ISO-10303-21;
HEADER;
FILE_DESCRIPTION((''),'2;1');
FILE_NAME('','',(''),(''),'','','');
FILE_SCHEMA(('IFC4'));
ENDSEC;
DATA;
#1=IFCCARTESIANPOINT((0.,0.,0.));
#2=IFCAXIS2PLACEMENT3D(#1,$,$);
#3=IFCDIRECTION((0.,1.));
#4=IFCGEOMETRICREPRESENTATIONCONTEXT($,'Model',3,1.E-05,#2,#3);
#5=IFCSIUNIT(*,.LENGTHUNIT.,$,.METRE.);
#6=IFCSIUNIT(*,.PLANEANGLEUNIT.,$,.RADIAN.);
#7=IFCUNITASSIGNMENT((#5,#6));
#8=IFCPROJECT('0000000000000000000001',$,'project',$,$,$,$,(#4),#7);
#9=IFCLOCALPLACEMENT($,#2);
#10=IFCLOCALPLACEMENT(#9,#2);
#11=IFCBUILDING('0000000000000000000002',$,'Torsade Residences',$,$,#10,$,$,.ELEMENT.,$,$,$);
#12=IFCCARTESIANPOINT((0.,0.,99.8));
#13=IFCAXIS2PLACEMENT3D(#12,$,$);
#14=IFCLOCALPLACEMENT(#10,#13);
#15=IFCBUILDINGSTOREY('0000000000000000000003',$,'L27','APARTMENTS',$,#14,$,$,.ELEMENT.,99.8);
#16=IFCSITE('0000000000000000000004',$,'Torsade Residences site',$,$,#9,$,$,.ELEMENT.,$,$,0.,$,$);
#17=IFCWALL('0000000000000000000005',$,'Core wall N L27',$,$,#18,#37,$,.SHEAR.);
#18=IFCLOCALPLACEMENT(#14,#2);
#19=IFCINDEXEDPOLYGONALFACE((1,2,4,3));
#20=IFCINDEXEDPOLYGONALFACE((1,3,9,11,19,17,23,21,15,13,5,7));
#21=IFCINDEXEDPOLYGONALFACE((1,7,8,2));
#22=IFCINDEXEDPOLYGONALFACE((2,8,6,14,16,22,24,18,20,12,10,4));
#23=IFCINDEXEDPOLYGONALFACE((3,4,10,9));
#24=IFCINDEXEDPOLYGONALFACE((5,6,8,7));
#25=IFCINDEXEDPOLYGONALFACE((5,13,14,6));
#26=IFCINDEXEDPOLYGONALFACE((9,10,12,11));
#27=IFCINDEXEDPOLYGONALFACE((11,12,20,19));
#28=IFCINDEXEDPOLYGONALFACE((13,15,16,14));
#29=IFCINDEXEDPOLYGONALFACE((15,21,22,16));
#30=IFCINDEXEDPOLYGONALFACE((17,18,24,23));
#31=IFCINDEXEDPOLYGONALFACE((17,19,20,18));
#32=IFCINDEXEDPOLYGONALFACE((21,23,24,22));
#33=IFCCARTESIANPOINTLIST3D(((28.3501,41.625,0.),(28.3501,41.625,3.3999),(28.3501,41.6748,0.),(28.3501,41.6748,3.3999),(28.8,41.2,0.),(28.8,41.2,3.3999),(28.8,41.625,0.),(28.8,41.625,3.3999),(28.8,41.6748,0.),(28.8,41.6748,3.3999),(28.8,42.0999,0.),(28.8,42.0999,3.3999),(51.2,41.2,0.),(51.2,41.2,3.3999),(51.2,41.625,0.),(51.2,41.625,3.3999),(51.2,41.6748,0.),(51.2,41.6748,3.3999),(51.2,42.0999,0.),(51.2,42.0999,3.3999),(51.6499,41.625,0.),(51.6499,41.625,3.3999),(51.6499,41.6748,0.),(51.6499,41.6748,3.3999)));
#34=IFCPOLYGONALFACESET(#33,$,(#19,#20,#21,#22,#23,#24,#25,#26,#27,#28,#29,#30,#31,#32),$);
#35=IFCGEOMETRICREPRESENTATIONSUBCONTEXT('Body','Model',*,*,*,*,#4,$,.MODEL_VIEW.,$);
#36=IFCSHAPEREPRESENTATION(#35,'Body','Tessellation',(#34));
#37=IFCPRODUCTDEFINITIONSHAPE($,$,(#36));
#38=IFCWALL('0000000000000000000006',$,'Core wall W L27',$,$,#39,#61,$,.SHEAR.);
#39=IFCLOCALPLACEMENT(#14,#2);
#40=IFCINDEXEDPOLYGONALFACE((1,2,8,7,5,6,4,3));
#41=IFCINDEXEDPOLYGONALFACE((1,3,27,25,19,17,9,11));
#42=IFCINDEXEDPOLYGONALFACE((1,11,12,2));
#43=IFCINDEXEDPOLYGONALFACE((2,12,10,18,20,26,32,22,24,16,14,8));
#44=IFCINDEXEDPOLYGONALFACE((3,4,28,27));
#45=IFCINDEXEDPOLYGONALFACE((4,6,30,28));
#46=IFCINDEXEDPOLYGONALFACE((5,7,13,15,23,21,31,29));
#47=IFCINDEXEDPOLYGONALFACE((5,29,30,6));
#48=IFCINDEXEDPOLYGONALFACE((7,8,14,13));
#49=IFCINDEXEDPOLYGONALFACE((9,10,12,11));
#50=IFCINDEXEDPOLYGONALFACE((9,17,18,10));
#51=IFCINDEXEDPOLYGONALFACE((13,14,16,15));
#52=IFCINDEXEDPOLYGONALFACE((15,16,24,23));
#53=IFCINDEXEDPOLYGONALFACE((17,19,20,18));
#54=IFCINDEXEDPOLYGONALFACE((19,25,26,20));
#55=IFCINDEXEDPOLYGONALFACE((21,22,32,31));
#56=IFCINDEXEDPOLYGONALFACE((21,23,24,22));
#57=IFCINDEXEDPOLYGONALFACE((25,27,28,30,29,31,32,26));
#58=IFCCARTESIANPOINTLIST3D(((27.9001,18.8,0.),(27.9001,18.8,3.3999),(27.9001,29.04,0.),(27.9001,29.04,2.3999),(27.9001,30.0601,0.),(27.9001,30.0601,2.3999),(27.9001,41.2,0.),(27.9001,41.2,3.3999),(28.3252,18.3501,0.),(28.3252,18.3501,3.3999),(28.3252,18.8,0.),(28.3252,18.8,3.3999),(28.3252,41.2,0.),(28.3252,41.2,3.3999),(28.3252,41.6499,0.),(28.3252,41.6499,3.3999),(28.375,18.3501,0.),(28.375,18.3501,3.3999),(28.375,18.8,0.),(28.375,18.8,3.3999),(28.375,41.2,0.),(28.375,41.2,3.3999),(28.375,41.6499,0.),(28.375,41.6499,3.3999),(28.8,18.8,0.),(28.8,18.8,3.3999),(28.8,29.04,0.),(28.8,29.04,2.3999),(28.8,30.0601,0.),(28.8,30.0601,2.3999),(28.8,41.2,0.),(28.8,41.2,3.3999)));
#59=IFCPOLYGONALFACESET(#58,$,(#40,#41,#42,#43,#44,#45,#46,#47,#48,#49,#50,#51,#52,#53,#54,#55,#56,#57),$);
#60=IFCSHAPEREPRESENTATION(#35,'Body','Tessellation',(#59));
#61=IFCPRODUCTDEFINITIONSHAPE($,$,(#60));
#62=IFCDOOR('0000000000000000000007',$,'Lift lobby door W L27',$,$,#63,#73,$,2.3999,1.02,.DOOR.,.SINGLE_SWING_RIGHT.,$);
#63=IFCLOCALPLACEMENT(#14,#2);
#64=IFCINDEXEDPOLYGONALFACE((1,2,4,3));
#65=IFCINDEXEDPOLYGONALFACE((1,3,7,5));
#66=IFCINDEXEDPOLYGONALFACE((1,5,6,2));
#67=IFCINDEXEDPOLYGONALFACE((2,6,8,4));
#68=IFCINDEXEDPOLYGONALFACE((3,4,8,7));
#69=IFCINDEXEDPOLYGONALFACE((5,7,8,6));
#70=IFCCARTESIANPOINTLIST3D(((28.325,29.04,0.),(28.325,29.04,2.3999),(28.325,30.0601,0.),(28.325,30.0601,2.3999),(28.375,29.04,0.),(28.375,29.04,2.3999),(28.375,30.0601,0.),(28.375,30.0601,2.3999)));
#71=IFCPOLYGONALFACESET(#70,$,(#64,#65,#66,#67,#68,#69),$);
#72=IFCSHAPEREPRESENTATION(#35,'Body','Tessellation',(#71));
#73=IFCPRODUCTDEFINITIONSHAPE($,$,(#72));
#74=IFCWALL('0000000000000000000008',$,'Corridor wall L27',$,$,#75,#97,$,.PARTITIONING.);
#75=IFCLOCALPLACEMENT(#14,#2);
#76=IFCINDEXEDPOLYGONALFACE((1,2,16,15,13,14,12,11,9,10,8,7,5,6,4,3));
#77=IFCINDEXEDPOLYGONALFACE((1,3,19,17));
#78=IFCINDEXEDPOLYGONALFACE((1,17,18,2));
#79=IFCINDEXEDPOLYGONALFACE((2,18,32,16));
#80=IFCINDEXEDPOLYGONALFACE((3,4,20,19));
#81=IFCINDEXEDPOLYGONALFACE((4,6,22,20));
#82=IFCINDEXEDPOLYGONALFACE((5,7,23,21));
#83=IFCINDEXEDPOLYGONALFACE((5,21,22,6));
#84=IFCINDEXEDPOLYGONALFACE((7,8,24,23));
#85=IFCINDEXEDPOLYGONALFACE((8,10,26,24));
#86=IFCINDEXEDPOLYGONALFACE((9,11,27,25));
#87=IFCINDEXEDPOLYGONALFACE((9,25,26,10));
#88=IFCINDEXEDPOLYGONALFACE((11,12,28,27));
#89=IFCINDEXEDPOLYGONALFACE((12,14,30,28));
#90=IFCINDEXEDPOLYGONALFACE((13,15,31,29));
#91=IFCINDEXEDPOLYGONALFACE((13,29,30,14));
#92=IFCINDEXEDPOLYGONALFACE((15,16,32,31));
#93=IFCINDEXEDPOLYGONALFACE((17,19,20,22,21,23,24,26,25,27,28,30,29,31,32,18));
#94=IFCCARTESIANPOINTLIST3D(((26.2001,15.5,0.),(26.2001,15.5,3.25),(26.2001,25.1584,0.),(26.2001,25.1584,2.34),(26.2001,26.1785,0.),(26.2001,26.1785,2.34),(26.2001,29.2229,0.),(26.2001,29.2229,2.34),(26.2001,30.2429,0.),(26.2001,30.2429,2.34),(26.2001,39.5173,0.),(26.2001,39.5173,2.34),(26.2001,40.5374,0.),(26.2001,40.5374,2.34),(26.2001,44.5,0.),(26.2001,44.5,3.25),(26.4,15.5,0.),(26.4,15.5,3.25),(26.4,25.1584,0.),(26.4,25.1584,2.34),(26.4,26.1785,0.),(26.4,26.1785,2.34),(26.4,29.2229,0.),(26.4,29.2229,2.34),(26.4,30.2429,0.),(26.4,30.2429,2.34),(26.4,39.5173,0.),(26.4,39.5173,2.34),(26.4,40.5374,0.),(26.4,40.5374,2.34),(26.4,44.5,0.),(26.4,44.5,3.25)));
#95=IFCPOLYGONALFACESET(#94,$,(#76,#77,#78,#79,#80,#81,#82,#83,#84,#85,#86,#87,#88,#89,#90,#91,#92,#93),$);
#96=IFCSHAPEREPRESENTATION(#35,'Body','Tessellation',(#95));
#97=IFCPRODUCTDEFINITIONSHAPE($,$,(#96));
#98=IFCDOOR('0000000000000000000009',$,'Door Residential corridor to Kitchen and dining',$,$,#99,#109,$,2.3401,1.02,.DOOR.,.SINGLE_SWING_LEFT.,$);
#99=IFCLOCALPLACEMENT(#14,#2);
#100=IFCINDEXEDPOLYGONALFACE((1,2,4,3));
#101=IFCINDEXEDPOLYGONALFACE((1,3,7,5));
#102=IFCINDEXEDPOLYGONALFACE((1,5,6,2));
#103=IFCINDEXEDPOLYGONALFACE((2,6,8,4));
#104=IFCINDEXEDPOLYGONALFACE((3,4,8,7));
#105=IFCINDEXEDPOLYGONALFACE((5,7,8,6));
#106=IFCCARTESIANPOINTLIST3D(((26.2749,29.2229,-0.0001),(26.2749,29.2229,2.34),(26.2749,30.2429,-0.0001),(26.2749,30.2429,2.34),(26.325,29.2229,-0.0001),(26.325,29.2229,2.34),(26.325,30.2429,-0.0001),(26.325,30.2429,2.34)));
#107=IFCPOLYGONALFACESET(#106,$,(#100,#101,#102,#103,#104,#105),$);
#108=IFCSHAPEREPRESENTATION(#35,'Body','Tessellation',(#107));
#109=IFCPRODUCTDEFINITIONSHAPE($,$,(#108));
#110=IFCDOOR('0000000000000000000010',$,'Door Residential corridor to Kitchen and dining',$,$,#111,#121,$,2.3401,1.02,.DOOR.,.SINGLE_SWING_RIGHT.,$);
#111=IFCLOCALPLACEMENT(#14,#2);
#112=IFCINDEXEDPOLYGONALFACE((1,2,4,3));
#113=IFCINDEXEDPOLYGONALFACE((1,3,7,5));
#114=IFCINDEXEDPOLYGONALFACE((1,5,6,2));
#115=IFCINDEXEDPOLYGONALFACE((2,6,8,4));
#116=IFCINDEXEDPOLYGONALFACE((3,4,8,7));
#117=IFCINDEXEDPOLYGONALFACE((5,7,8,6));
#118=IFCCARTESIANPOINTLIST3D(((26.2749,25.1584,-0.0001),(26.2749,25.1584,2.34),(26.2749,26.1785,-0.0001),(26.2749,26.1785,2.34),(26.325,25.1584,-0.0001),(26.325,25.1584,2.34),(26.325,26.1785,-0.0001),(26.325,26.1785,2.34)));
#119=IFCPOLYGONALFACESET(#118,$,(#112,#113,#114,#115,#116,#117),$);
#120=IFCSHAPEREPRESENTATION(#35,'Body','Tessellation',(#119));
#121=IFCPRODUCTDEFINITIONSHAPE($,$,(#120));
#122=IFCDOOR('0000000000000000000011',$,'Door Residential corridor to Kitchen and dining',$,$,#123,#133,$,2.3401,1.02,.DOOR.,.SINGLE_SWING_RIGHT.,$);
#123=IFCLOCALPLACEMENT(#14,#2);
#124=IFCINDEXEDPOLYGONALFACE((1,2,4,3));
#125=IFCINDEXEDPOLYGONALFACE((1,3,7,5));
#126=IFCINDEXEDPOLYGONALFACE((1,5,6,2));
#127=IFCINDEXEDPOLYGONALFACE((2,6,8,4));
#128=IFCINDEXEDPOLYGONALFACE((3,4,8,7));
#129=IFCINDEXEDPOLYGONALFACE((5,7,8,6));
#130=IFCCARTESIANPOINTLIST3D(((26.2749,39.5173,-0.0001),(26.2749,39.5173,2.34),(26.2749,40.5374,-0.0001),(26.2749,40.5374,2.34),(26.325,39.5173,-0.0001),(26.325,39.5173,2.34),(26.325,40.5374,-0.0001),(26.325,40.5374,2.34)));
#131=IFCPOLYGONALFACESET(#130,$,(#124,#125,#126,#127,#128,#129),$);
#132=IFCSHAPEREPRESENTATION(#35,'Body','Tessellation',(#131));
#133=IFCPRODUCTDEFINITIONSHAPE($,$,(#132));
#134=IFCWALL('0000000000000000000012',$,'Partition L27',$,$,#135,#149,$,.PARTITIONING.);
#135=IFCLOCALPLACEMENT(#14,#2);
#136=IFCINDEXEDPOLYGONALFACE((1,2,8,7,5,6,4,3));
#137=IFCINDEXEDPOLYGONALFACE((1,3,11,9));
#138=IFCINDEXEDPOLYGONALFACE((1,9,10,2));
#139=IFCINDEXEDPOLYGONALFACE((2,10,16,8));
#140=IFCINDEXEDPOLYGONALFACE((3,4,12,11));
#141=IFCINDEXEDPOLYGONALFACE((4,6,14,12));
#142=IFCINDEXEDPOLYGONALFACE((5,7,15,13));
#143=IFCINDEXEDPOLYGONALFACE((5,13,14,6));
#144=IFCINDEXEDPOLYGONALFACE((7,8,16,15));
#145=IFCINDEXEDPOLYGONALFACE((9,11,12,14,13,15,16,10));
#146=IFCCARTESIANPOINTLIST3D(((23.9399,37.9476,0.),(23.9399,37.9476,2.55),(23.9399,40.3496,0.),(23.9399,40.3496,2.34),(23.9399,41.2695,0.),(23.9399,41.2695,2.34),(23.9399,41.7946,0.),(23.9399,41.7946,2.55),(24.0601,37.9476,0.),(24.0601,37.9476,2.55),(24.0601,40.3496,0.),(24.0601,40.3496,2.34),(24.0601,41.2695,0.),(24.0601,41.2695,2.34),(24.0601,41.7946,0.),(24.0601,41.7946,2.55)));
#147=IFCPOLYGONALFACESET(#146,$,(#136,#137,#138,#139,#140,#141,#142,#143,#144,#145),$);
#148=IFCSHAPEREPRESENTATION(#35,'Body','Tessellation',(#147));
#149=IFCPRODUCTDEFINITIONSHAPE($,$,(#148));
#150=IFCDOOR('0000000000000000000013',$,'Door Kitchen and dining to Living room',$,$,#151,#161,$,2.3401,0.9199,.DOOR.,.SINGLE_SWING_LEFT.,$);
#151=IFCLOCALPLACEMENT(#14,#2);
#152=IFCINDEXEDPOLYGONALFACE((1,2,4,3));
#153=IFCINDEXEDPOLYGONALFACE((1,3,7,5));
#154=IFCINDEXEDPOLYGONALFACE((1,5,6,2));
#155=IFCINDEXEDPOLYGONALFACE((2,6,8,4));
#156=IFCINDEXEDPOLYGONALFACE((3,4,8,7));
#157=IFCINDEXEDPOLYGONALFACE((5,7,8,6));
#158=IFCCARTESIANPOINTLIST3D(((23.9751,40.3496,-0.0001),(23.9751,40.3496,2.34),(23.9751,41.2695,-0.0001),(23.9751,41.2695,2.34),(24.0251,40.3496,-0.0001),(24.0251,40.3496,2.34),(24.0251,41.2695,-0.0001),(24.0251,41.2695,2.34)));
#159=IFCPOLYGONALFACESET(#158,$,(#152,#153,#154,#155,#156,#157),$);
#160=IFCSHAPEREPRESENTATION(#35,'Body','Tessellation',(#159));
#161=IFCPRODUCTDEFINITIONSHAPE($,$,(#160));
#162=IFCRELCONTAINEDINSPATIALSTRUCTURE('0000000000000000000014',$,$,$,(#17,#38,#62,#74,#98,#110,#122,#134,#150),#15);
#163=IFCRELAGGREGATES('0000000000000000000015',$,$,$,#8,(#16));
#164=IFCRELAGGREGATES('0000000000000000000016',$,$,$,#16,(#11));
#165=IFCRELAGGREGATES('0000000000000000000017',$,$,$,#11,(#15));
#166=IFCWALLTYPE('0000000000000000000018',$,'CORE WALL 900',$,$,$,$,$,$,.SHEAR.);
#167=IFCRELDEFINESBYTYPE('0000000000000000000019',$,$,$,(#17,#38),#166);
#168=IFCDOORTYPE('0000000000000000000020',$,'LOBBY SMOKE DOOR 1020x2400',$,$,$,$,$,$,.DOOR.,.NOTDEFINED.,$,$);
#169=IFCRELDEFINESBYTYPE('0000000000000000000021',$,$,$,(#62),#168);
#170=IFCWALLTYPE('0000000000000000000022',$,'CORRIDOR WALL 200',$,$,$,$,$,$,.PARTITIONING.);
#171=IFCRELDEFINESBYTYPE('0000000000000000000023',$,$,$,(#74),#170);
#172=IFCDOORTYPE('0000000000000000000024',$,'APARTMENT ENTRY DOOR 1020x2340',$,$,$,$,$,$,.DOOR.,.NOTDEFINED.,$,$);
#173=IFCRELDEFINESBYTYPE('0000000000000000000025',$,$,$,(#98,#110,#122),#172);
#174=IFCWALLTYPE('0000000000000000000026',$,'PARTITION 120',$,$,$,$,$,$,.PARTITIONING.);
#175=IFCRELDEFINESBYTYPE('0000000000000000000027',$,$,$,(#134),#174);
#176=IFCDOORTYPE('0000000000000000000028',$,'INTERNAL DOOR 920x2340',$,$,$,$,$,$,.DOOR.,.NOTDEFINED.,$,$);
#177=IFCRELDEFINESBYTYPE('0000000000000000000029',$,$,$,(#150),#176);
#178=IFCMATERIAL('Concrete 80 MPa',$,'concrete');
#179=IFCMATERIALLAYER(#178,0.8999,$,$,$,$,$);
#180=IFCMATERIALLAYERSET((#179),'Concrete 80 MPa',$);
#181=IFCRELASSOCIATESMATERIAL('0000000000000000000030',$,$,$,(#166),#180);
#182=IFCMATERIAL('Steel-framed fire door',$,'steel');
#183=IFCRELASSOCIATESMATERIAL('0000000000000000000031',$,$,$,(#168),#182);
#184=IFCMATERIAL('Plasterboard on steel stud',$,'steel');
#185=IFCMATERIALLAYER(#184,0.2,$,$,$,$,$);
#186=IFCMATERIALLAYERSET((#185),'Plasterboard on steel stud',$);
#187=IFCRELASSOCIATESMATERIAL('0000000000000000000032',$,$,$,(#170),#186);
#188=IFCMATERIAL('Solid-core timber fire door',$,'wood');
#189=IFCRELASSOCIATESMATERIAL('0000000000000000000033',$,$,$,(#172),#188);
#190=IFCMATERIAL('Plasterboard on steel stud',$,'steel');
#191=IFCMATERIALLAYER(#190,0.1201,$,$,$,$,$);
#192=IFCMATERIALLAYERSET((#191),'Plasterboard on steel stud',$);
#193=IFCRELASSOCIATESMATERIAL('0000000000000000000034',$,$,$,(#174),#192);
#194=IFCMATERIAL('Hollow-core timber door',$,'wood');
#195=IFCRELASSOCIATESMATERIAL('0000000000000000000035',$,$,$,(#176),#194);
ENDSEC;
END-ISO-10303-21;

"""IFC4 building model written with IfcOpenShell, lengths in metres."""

from ifc_helpers import new_model, si_unit, direction, frame, frame_2d, origin, place, context, subcontext, project, spatial, polyline, rectangle, outline, extrude, material, layer, layer_set, type_object, element, fill, save


model = new_model("IFC4")

# Units and contexts
model_context = context("Model", 3, precision=1e-05, world=origin(), true_north=direction((0.0, 1.0)))
body_context = subcontext(model_context, "Body", "Model", "MODEL_VIEW")
ifc_project = project(units=[si_unit("LENGTHUNIT", "METRE"), si_unit("PLANEANGLEUNIT", "RADIAN")], contexts=[model_context])

# Site, building, storey
site_placement = place(None, origin())
site = spatial("IfcSite", under=ifc_project, at=site_placement, Name="Torsade Residences site", CompositionType="ELEMENT", RefElevation=0.0)
building_placement = place(site_placement, origin())
building = spatial("IfcBuilding", under=site, at=building_placement, Name="Torsade Residences", CompositionType="ELEMENT")
storey_placement = place(building_placement, frame((0.0, 0.0, 99.8)))
storey = spatial("IfcBuildingStorey", under=building, at=storey_placement, Name="L27", Description="APARTMENTS", CompositionType="ELEMENT", Elevation=99.8)

# Wall
ifc_material_1 = material(Name="Concrete 80 MPa", Category="concrete")
ifc_layer_1 = layer(ifc_material_1, 0.8999)
ifc_layer_set_1 = layer_set([ifc_layer_1], Name="Concrete 80 MPa")
wall_type_1 = type_object("IfcWallType", Name="CORE WALL 900", PredefinedType="SHEAR", material=ifc_layer_set_1)
wall_1_placement = place(storey_placement, frame((28.8, 41.6499, 0.0), z_axis=(0.0, 0.0, 1.0), x_axis=(1.0, 0.0, 0.0)))
element("IfcWall", 1, at=wall_1_placement, inside=storey, type_object=wall_type_1, Name="Core wall N L27", PredefinedType="SHEAR", context=body_context, shape_type="SweptSolid", body=[
    extrude(outline(polyline([(0.0, -0.45), (22.3999, -0.45), (22.3999, -0.0249), (22.8499, -0.0249), (22.8499, 0.0249), (22.3999, 0.0249), (22.3999, 0.45), (0.0, 0.45), (0.0, 0.0249), (-0.45, 0.0249), (-0.45, -0.0249), (0.0, -0.0249), (0.0, -0.45)])), origin(), (0.0, 0.0, 1.0), 3.3999),
])

# Wall, opening, door
wall_2_placement = place(storey_placement, frame((28.3501, 41.2, 0.0), z_axis=(0.0, 0.0, 1.0), x_axis=(0.0, -1.0, 0.0)))
wall_2 = element("IfcWall", 2, at=wall_2_placement, inside=storey, type_object=wall_type_1, Name="Core wall W L27", PredefinedType="SHEAR", context=body_context, shape_type="SweptSolid", body=[
    extrude(outline(polyline([(0.0, -0.45), (22.3999, -0.45), (22.3999, -0.0249), (22.8499, -0.0249), (22.8499, 0.0249), (22.3999, 0.0249), (22.3999, 0.45), (0.0, 0.45), (0.0, 0.0249), (-0.45, 0.0249), (-0.45, -0.0249), (0.0, -0.0249), (0.0, -0.45)])), origin(), (0.0, 0.0, 1.0), 3.3999),
])
opening_1_placement = place(wall_2_placement, frame((11.1399, 0.0, 0.0)))
opening_1 = element("IfcOpeningElement", 3, at=opening_1_placement, cuts=wall_2, PredefinedType="OPENING", context=body_context, shape_type="SweptSolid", body=[
    extrude(rectangle(XDim=1.02, YDim=2.3999, at=frame_2d((0.51, 1.2))), frame((0.0, 0.46, 0.0), z_axis=(0.0, -1.0, 0.0), x_axis=(1.0, 0.0, 0.0)), (0.0, 0.0, 1.0), 0.9199),
])
ifc_material_2 = material(Name="Steel-framed fire door", Category="steel")
door_type_1 = type_object("IfcDoorType", Name="LOBBY SMOKE DOOR 1020x2400", OperationType="NOTDEFINED", PredefinedType="DOOR", material=ifc_material_2)
door_1_placement = place(opening_1_placement, origin())
door_1 = element("IfcDoor", 4, at=door_1_placement, inside=storey, type_object=door_type_1, Name="Lift lobby door W L27", OperationType="SINGLE_SWING_RIGHT", OverallHeight=2.3999, OverallWidth=1.02, PredefinedType="DOOR", context=body_context, shape_type="SweptSolid", body=[
    extrude(rectangle(XDim=1.02, YDim=2.3999, at=frame_2d((0.51, 1.2))), frame((0.0, 0.0249, 0.0), z_axis=(0.0, -1.0, 0.0), x_axis=(1.0, 0.0, 0.0)), (0.0, 0.0, 1.0), 0.05),
])
fill(opening_1, door_1)

# Wall, openings, doors
ifc_material_3 = material(Name="Plasterboard on steel stud", Category="steel")
ifc_layer_2 = layer(ifc_material_3, 0.2)
ifc_layer_set_2 = layer_set([ifc_layer_2], Name="Plasterboard on steel stud")
wall_type_2 = type_object("IfcWallType", Name="CORRIDOR WALL 200", PredefinedType="PARTITIONING", material=ifc_layer_set_2)
wall_3_placement = place(storey_placement, frame((26.3, 44.5, 0.0), z_axis=(0.0, 0.0, 1.0), x_axis=(0.0, -1.0, 0.0)))
wall_3 = element("IfcWall", 5, at=wall_3_placement, inside=storey, type_object=wall_type_2, Name="Corridor wall L27", PredefinedType="PARTITIONING", context=body_context, shape_type="SweptSolid", body=[
    extrude(rectangle(XDim=29.0, YDim=0.2, at=frame_2d((14.5, 0.0))), origin(), (0.0, 0.0, 1.0), 3.25),
])
opening_2_placement = place(wall_3_placement, frame((14.2571, 0.0, 0.0)))
opening_2 = element("IfcOpeningElement", 6, at=opening_2_placement, cuts=wall_3, PredefinedType="OPENING", context=body_context, shape_type="SweptSolid", body=[
    extrude(rectangle(XDim=1.02, YDim=2.3401, at=frame_2d((0.51, 1.1699))), frame((0.0, 0.1099, 0.0), z_axis=(0.0, -1.0, 0.0), x_axis=(1.0, 0.0, 0.0)), (0.0, 0.0, 1.0), 0.22),
])
opening_3_placement = place(wall_3_placement, frame((18.3215, 0.0, 0.0)))
opening_3 = element("IfcOpeningElement", 7, at=opening_3_placement, cuts=wall_3, PredefinedType="OPENING", context=body_context, shape_type="SweptSolid", body=[
    extrude(rectangle(XDim=1.02, YDim=2.3401, at=frame_2d((0.51, 1.1699))), frame((0.0, 0.1099, 0.0), z_axis=(0.0, -1.0, 0.0), x_axis=(1.0, 0.0, 0.0)), (0.0, 0.0, 1.0), 0.22),
])
opening_4_placement = place(wall_3_placement, frame((3.9626, 0.0, 0.0)))
opening_4 = element("IfcOpeningElement", 8, at=opening_4_placement, cuts=wall_3, PredefinedType="OPENING", context=body_context, shape_type="SweptSolid", body=[
    extrude(rectangle(XDim=1.02, YDim=2.3401, at=frame_2d((0.51, 1.1699))), frame((0.0, 0.1099, 0.0), z_axis=(0.0, -1.0, 0.0), x_axis=(1.0, 0.0, 0.0)), (0.0, 0.0, 1.0), 0.22),
])
ifc_material_4 = material(Name="Solid-core timber fire door", Category="wood")
door_type_2 = type_object("IfcDoorType", Name="APARTMENT ENTRY DOOR 1020x2340", OperationType="NOTDEFINED", PredefinedType="DOOR", material=ifc_material_4)
door_2_placement = place(opening_2_placement, origin())
door_2 = element("IfcDoor", 9, at=door_2_placement, inside=storey, type_object=door_type_2, Name="Door Residential corridor to Kitchen and dining", OperationType="SINGLE_SWING_LEFT", OverallHeight=2.3401, OverallWidth=1.02, PredefinedType="DOOR", context=body_context, shape_type="SweptSolid", body=[
    extrude(rectangle(XDim=1.02, YDim=2.3401, at=frame_2d((0.51, 1.1699))), frame((0.0, 0.0249, 0.0), z_axis=(0.0, -1.0, 0.0), x_axis=(1.0, 0.0, 0.0)), (0.0, 0.0, 1.0), 0.05),
])
fill(opening_2, door_2)
door_3_placement = place(opening_3_placement, origin())
door_3 = element("IfcDoor", 10, at=door_3_placement, inside=storey, type_object=door_type_2, Name="Door Residential corridor to Kitchen and dining", OperationType="SINGLE_SWING_RIGHT", OverallHeight=2.3401, OverallWidth=1.02, PredefinedType="DOOR", context=body_context, shape_type="SweptSolid", body=[
    extrude(rectangle(XDim=1.02, YDim=2.3401, at=frame_2d((0.51, 1.1699))), frame((0.0, 0.0249, 0.0), z_axis=(0.0, -1.0, 0.0), x_axis=(1.0, 0.0, 0.0)), (0.0, 0.0, 1.0), 0.05),
])
fill(opening_3, door_3)
door_4_placement = place(opening_4_placement, origin())
door_4 = element("IfcDoor", 11, at=door_4_placement, inside=storey, type_object=door_type_2, Name="Door Residential corridor to Kitchen and dining", OperationType="SINGLE_SWING_RIGHT", OverallHeight=2.3401, OverallWidth=1.02, PredefinedType="DOOR", context=body_context, shape_type="SweptSolid", body=[
    extrude(rectangle(XDim=1.02, YDim=2.3401, at=frame_2d((0.51, 1.1699))), frame((0.0, 0.0249, 0.0), z_axis=(0.0, -1.0, 0.0), x_axis=(1.0, 0.0, 0.0)), (0.0, 0.0, 1.0), 0.05),
])
fill(opening_4, door_4)

# Wall, opening, door
ifc_material_5 = material(Name="Plasterboard on steel stud", Category="steel")
ifc_layer_3 = layer(ifc_material_5, 0.1201)
ifc_layer_set_3 = layer_set([ifc_layer_3], Name="Plasterboard on steel stud")
wall_type_3 = type_object("IfcWallType", Name="PARTITION 120", PredefinedType="PARTITIONING", material=ifc_layer_set_3)
wall_4_placement = place(storey_placement, frame((24.0, 37.9478, 0.0), z_axis=(0.0, 0.0, 1.0), x_axis=(0.0, 1.0, 0.0)))
wall_4 = element("IfcWall", 12, at=wall_4_placement, inside=storey, type_object=wall_type_3, Name="Partition L27", PredefinedType="PARTITIONING", context=body_context, shape_type="SweptSolid", body=[
    extrude(rectangle(XDim=3.8469, YDim=0.1201, at=frame_2d((1.9233, 0.0))), origin(), (0.0, 0.0, 1.0), 2.55),
])
opening_5_placement = place(wall_4_placement, frame((2.4019, 0.0, 0.0)))
opening_5 = element("IfcOpeningElement", 13, at=opening_5_placement, cuts=wall_4, PredefinedType="OPENING", context=body_context, shape_type="SweptSolid", body=[
    extrude(rectangle(XDim=0.9199, YDim=2.3401, at=frame_2d((0.46, 1.1699))), frame((0.0, 0.0701, 0.0), z_axis=(0.0, -1.0, 0.0), x_axis=(1.0, 0.0, 0.0)), (0.0, 0.0, 1.0), 0.1401),
])
ifc_material_6 = material(Name="Hollow-core timber door", Category="wood")
door_type_3 = type_object("IfcDoorType", Name="INTERNAL DOOR 920x2340", OperationType="NOTDEFINED", PredefinedType="DOOR", material=ifc_material_6)
door_5_placement = place(opening_5_placement, origin())
door_5 = element("IfcDoor", 14, at=door_5_placement, inside=storey, type_object=door_type_3, Name="Door Kitchen and dining to Living room", OperationType="SINGLE_SWING_LEFT", OverallHeight=2.3401, OverallWidth=0.9199, PredefinedType="DOOR", context=body_context, shape_type="SweptSolid", body=[
    extrude(rectangle(XDim=0.9199, YDim=2.3401, at=frame_2d((0.46, 1.1699))), frame((0.0, 0.0249, 0.0), z_axis=(0.0, -1.0, 0.0), x_axis=(1.0, 0.0, 0.0)), (0.0, 0.0, 1.0), 0.05),
])
fill(opening_5, door_5)

save(model, "model.ifc")
